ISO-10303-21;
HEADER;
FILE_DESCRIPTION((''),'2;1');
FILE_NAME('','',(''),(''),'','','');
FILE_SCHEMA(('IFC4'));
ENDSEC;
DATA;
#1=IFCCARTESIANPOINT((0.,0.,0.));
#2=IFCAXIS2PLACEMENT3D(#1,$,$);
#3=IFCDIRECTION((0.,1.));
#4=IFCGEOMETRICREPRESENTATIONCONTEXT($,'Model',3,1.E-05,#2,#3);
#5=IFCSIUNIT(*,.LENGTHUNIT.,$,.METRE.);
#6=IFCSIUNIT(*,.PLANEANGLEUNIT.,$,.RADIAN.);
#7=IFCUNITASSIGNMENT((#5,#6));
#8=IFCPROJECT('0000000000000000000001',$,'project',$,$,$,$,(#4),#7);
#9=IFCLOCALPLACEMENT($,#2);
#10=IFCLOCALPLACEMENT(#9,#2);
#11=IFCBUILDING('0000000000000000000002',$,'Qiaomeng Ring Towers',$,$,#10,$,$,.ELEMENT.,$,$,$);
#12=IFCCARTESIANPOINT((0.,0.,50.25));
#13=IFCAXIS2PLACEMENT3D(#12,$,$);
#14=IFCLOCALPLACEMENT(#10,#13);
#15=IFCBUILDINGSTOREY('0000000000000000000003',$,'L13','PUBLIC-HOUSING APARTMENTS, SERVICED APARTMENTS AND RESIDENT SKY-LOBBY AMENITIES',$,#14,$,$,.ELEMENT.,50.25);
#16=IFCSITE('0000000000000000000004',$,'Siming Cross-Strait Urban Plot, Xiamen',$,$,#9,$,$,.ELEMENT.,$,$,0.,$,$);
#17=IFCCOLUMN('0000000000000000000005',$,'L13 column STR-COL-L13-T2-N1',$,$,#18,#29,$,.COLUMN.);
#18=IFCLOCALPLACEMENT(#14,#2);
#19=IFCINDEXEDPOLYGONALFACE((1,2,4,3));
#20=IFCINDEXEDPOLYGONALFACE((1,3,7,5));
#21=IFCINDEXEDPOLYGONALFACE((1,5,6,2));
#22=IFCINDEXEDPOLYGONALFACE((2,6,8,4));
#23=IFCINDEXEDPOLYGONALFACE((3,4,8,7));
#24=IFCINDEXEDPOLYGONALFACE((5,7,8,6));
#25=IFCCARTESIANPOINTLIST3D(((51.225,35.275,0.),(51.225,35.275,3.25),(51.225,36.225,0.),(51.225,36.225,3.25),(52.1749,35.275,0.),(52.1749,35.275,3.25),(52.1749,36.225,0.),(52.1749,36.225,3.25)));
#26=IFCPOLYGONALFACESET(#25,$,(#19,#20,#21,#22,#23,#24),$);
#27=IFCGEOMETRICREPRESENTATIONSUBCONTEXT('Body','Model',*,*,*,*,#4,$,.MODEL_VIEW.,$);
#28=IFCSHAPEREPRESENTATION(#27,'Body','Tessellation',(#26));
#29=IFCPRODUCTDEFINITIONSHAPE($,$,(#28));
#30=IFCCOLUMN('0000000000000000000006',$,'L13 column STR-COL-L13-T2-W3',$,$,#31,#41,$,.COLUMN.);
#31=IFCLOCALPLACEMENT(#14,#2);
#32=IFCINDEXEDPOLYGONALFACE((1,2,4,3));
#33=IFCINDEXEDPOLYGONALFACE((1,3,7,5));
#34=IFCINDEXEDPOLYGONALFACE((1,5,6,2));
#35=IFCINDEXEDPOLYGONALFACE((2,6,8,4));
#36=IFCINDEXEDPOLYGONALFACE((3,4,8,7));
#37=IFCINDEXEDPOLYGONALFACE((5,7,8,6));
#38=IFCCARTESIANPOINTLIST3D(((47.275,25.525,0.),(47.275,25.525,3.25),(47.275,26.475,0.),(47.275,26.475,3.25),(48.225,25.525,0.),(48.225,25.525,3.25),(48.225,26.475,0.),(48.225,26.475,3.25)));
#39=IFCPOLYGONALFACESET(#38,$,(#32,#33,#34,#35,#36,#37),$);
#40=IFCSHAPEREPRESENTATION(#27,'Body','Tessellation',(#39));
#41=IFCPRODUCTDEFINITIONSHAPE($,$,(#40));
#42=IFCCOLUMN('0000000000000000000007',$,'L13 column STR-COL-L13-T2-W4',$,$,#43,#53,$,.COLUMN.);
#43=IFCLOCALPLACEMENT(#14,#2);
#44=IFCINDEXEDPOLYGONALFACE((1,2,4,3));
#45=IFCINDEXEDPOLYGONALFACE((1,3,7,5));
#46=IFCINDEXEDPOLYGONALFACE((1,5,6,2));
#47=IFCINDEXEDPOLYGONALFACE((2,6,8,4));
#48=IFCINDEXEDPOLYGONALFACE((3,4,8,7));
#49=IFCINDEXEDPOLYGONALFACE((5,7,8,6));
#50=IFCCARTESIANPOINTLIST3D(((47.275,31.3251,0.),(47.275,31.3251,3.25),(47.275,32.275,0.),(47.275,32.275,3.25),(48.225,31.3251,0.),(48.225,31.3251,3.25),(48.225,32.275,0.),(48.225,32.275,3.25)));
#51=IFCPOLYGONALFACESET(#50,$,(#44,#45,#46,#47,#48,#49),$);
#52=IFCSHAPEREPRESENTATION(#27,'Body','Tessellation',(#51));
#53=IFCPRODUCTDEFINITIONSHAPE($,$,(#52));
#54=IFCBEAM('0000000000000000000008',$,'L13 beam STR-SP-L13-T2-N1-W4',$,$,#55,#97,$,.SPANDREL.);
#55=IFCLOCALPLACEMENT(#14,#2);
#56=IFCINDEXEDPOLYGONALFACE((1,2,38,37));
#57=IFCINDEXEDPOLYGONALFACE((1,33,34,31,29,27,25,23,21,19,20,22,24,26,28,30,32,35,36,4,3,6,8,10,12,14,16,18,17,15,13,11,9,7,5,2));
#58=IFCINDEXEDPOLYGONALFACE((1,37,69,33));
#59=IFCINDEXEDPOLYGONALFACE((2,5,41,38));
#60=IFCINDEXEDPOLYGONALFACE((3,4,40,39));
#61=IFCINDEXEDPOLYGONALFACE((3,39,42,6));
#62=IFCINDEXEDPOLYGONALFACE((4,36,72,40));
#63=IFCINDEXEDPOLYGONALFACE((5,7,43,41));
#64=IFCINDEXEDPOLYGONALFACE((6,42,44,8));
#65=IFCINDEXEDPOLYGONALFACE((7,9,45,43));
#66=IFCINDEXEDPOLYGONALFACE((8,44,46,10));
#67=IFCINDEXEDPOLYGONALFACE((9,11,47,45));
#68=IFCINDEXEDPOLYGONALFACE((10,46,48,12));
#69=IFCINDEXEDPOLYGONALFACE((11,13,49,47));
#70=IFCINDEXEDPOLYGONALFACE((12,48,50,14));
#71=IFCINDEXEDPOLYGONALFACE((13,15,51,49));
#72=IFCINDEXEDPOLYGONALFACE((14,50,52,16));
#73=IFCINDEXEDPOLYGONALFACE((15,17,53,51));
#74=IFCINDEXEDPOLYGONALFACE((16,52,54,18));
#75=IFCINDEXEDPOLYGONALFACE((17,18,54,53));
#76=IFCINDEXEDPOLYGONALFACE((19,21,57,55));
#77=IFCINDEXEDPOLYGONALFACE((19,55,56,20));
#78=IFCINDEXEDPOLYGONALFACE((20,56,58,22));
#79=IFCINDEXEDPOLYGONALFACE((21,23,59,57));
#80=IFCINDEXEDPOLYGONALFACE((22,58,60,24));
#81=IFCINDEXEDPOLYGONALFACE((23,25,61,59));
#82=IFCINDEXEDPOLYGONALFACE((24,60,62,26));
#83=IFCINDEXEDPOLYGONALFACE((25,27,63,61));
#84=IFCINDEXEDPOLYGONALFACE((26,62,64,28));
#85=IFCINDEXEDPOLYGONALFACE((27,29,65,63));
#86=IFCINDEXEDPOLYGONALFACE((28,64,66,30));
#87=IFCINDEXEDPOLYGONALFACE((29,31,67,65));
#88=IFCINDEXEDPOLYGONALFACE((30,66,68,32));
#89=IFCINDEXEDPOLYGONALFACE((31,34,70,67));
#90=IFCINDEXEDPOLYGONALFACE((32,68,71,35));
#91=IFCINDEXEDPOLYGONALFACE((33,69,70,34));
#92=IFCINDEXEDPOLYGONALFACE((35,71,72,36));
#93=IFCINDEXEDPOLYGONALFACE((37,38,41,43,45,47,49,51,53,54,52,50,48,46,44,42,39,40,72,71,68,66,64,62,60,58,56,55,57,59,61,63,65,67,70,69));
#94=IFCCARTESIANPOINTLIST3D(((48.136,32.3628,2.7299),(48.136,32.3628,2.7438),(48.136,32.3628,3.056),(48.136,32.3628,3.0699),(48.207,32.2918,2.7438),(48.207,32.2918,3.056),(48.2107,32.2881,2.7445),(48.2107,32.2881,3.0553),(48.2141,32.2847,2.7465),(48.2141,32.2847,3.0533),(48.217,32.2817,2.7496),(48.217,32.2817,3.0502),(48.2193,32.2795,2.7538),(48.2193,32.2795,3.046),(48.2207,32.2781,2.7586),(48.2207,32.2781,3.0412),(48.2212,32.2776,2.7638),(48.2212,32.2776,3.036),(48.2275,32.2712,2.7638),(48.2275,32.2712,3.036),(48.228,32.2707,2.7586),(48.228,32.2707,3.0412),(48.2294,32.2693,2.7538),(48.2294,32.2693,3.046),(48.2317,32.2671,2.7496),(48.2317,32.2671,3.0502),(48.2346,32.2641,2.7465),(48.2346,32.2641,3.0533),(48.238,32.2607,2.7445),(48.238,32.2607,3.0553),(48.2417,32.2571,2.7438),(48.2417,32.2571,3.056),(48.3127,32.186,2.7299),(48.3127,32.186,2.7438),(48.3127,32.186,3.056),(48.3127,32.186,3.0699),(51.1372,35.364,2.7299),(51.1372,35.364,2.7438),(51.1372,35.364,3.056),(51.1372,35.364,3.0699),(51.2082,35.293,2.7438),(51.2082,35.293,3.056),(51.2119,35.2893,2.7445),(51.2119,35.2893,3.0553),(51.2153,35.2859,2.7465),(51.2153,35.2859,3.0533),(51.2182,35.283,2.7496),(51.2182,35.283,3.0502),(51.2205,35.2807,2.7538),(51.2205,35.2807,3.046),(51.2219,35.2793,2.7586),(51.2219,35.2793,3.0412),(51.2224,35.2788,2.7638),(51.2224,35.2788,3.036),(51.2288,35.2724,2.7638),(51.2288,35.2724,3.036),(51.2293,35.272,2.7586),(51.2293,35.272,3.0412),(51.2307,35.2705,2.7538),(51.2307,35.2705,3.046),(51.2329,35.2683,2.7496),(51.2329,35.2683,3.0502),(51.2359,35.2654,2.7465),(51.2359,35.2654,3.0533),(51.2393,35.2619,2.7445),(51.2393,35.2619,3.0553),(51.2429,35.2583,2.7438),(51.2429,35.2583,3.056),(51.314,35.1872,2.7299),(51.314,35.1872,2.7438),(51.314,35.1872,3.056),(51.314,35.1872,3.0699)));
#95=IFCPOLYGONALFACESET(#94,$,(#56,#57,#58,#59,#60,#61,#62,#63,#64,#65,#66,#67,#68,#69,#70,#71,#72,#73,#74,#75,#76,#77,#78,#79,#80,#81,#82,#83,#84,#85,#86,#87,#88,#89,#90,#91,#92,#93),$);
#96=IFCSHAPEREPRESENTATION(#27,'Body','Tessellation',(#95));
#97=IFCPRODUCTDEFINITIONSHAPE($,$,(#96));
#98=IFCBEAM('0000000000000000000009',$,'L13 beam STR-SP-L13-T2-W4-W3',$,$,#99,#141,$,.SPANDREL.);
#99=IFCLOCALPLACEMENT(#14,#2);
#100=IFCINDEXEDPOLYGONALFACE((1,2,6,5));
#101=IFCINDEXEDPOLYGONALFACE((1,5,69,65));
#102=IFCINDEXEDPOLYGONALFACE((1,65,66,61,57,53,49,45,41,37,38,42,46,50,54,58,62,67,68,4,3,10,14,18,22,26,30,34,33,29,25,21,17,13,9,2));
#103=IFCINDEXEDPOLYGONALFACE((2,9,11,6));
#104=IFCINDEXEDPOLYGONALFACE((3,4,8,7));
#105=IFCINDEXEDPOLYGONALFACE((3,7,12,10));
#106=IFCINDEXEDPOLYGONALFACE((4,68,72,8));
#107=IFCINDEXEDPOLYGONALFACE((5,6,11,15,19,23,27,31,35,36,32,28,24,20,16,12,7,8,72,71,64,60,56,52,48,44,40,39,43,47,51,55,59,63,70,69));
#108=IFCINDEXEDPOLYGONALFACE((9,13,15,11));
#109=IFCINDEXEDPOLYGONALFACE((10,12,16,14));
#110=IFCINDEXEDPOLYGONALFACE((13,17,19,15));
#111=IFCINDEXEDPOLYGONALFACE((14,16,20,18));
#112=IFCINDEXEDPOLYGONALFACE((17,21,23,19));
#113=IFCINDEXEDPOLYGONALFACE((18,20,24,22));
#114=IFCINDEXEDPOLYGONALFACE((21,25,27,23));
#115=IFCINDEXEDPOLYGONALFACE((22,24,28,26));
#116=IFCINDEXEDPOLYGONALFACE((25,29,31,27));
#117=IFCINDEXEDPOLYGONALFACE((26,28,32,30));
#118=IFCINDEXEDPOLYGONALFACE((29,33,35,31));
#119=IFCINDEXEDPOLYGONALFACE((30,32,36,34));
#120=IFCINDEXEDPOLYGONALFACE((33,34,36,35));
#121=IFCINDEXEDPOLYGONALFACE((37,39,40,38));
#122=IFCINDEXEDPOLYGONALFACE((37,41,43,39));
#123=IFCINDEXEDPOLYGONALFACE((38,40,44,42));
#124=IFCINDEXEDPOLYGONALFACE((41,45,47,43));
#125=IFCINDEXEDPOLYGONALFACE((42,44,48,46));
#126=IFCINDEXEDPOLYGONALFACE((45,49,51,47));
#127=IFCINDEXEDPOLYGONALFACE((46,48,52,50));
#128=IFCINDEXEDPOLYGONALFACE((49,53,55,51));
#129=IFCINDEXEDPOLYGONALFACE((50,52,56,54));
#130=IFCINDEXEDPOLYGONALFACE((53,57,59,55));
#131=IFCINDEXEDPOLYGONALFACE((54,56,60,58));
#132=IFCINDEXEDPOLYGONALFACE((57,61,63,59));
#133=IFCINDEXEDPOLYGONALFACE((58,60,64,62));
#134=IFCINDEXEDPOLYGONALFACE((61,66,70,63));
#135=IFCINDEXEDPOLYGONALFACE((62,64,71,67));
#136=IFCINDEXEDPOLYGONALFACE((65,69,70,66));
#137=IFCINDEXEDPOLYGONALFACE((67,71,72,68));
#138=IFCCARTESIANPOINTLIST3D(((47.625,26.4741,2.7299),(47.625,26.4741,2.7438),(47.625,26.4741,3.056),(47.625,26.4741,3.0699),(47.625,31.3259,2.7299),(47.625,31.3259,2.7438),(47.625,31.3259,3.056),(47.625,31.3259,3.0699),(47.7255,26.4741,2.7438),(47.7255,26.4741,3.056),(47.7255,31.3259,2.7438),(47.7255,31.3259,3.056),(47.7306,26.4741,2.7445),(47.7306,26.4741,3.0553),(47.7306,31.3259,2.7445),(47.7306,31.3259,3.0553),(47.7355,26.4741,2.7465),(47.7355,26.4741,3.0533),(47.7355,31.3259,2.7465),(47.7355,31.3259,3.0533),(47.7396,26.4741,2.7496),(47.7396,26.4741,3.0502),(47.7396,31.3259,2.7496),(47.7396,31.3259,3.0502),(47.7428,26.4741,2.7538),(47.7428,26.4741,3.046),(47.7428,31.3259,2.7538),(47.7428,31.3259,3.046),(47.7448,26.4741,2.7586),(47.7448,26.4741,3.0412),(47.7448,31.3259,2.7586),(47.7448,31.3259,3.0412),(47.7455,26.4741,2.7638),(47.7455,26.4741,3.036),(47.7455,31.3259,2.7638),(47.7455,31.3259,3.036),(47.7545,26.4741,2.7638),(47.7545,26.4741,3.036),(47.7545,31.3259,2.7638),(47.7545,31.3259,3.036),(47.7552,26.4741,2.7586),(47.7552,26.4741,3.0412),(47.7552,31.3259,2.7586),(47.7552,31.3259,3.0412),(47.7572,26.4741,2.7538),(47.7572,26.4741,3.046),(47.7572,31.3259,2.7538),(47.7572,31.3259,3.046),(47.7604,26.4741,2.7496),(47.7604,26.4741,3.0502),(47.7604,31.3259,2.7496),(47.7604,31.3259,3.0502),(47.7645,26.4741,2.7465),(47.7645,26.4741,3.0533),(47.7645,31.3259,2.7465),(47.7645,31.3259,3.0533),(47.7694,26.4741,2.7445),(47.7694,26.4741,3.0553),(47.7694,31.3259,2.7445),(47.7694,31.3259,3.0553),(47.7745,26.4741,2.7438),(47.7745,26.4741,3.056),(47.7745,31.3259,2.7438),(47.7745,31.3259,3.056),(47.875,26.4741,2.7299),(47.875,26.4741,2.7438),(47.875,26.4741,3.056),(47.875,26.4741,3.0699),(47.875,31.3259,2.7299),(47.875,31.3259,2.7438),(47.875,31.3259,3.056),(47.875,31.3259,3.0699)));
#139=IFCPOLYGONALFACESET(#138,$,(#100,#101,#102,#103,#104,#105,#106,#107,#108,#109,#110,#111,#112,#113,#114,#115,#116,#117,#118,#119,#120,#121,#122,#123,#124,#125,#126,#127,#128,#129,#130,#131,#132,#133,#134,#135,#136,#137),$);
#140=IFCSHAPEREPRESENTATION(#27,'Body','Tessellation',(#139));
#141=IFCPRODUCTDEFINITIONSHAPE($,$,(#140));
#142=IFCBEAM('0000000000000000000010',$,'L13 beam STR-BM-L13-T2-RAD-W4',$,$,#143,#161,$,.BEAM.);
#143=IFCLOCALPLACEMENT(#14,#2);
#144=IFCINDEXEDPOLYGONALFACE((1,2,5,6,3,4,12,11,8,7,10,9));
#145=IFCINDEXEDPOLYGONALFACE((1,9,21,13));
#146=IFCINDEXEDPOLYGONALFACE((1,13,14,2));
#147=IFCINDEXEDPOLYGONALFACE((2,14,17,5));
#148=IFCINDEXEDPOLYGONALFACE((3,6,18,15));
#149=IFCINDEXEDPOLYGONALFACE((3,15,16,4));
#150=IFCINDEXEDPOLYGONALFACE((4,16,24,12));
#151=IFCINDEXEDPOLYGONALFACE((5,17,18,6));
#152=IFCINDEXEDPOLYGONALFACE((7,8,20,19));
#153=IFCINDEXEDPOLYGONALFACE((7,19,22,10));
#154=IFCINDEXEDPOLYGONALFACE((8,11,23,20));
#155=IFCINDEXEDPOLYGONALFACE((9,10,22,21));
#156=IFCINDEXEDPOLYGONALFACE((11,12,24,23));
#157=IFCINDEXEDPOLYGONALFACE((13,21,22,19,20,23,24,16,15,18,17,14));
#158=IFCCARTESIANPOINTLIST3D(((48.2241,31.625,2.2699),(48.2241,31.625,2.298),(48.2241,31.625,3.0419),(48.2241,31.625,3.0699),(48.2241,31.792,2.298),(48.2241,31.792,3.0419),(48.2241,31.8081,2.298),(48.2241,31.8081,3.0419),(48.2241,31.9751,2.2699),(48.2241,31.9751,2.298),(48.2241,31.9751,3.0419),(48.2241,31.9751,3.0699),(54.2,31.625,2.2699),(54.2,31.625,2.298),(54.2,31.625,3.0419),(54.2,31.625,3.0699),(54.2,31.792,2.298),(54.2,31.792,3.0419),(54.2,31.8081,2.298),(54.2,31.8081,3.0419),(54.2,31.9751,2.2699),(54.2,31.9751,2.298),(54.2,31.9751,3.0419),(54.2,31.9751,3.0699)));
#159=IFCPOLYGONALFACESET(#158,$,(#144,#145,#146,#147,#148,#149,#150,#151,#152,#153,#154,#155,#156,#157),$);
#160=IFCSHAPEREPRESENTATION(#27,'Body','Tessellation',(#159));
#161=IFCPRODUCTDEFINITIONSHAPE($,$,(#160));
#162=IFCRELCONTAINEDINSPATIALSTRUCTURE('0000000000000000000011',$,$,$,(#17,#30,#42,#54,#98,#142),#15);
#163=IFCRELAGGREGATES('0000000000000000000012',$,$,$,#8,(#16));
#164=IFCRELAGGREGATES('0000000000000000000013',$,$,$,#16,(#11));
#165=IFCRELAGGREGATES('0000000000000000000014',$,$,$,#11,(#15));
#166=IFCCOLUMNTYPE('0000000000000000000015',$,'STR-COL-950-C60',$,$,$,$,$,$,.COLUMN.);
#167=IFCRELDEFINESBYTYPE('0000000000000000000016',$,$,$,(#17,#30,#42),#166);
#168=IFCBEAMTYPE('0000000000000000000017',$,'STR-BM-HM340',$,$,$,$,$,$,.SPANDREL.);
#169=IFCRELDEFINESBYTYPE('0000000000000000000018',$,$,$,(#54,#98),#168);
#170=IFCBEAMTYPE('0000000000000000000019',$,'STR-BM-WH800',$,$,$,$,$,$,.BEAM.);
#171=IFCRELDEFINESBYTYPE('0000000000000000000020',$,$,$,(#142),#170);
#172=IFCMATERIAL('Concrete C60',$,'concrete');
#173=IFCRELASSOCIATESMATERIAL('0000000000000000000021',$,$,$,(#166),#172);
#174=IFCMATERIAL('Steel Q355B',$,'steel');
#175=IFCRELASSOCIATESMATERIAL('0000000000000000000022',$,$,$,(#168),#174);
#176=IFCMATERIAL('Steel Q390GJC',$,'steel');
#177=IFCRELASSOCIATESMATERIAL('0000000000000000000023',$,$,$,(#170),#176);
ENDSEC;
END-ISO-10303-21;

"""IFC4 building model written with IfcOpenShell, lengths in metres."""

from ifc_helpers import new_model, si_unit, direction, frame, origin, origin_2d, place, context, subcontext, project, spatial, rectangle, i_section, extrude, source, transform, mapped, material, material_profile, profile_set, type_object, element, save


model = new_model("IFC4")

# Units and contexts
model_context = context("Model", 3, precision=1e-05, world=origin(), true_north=direction((0.0, 1.0)))
body_context = subcontext(model_context, "Body", "Model", "MODEL_VIEW")
ifc_project = project(units=[si_unit("LENGTHUNIT", "METRE"), si_unit("PLANEANGLEUNIT", "RADIAN")], contexts=[model_context])

# Site, building, storey
site_placement = place(None, origin())
site = spatial("IfcSite", under=ifc_project, at=site_placement, Name="Siming Cross-Strait Urban Plot, Xiamen", CompositionType="ELEMENT", RefElevation=0.0)
building_placement = place(site_placement, origin())
building = spatial("IfcBuilding", under=site, at=building_placement, Name="Qiaomeng Ring Towers", CompositionType="ELEMENT")
storey_placement = place(building_placement, frame((0.0, 0.0, 50.25)))
storey = spatial("IfcBuildingStorey", under=building, at=storey_placement, Name="L13", Description="PUBLIC-HOUSING APARTMENTS, SERVICED APARTMENTS AND RESIDENT SKY-LOBBY AMENITIES", CompositionType="ELEMENT", Elevation=50.25)

# Columns
ifc_material_1 = material(Name="Concrete C60", Category="concrete")
ifc_material_profile_1 = material_profile(ifc_material_1, rectangle(XDim=0.95, YDim=0.95, at=origin_2d()), Name="RC COL 950x950")
ifc_profile_set_1 = profile_set([ifc_material_profile_1], Name="Concrete C60")
column_type = type_object("IfcColumnType", Name="STR-COL-950-C60", PredefinedType="COLUMN", material=ifc_profile_set_1)
shared_shape_1 = source(origin(), body_context, "Body", "SweptSolid", [
    extrude(rectangle(XDim=0.95, YDim=0.95, at=origin_2d()), origin(), (0.0, 0.0, 1.0), 3.25),
])
for number, where, z_axis, x_axis, name in (
    (1, (51.7, 35.75, 0.0), (0.0, 0.0, 1.0), (1.0, 0.0, 0.0), "L13 column STR-COL-L13-T2-N1"),
    (2, (47.75, 26.0, 0.0), (0.0, 0.0, 1.0), (1.0, 0.0, 0.0), "L13 column STR-COL-L13-T2-W3"),
    (3, (47.75, 31.8, 0.0), (0.0, 0.0, 1.0), (1.0, 0.0, 0.0), "L13 column STR-COL-L13-T2-W4"),
):
    element("IfcColumn", number, at=place(storey_placement, frame(where, z_axis=z_axis, x_axis=x_axis)), inside=storey, type_object=column_type, Name=name, PredefinedType="COLUMN", context=body_context, shape_type="MappedRepresentation", body=[
        mapped(shared_shape_1, transform((0.0, 0.0, 0.0), x_axis=(1.0, 0.0, 0.0), y_axis=(0.0, 1.0, 0.0), z_axis=(0.0, 0.0, 1.0), scale=1.0)),
    ])

# Beams
ifc_material_2 = material(Name="Steel Q355B", Category="steel")
ifc_material_profile_2 = material_profile(ifc_material_2, i_section(OverallWidth=0.25, OverallDepth=0.3401, WebThickness=0.009, FlangeThickness=0.0139, FilletRadius=0.02, at=origin_2d()), Name="HM 340x250x9x14")
ifc_profile_set_2 = profile_set([ifc_material_profile_2], Name="Steel Q355B")
beam_type_1 = type_object("IfcBeamType", Name="STR-BM-HM340", PredefinedType="SPANDREL", material=ifc_profile_set_2)
shared_shape_2 = source(origin(), body_context, "Body", "SweptSolid", [
    extrude(i_section(OverallWidth=0.25, OverallDepth=0.3401, WebThickness=0.009, FlangeThickness=0.0139, FilletRadius=0.02, at=origin_2d()), origin(), (0.0, 0.0, 1.0), 4.2444),
])
beam_1_placement = place(storey_placement, frame((51.2256, 35.2756, 2.8999), z_axis=(-0.707107, -0.707107, 0.0), x_axis=(0.707107, -0.707107, 0.0)))
element("IfcBeam", 4, at=beam_1_placement, inside=storey, type_object=beam_type_1, Name="L13 beam STR-SP-L13-T2-N1-W4", PredefinedType="SPANDREL", context=body_context, shape_type="MappedRepresentation", body=[
    mapped(shared_shape_2, transform((0.0, 0.0, 0.0), x_axis=(1.0, 0.0, 0.0), y_axis=(0.0, 1.0, 0.0), z_axis=(0.0, 0.0, 1.0), scale=1.0)),
])
shared_shape_3 = source(origin(), body_context, "Body", "SweptSolid", [
    extrude(i_section(OverallWidth=0.25, OverallDepth=0.3401, WebThickness=0.009, FlangeThickness=0.0139, FilletRadius=0.02, at=origin_2d()), origin(), (0.0, 0.0, 1.0), 4.8518),
])
beam_2_placement = place(storey_placement, frame((47.75, 31.3259, 2.8999), z_axis=(0.0, -1.0, 0.0), x_axis=(1.0, 0.0, 0.0)))
element("IfcBeam", 5, at=beam_2_placement, inside=storey, type_object=beam_type_1, Name="L13 beam STR-SP-L13-T2-W4-W3", PredefinedType="SPANDREL", context=body_context, shape_type="MappedRepresentation", body=[
    mapped(shared_shape_3, transform((0.0, 0.0, 0.0), x_axis=(1.0, 0.0, 0.0), y_axis=(0.0, 1.0, 0.0), z_axis=(0.0, 0.0, 1.0), scale=1.0)),
])
ifc_material_3 = material(Name="Steel Q390GJC", Category="steel")
ifc_material_profile_3 = material_profile(ifc_material_3, i_section(OverallWidth=0.3501, OverallDepth=0.8, WebThickness=0.0161, FlangeThickness=0.0281, at=origin_2d()), Name="WH 800x350x16x28")
ifc_profile_set_3 = profile_set([ifc_material_profile_3], Name="Steel Q390GJC")
beam_type_2 = type_object("IfcBeamType", Name="STR-BM-WH800", PredefinedType="BEAM", material=ifc_profile_set_3)
shared_shape_4 = source(origin(), body_context, "Body", "SweptSolid", [
    extrude(i_section(OverallWidth=0.3501, OverallDepth=0.8, WebThickness=0.0161, FlangeThickness=0.0281, at=origin_2d()), origin(), (0.0, 0.0, 1.0), 5.9758),
])
beam_3_placement = place(storey_placement, frame((48.2241, 31.8, 2.6699), z_axis=(1.0, 0.0, 0.0), x_axis=(0.0, 1.0, 0.0)))
element("IfcBeam", 6, at=beam_3_placement, inside=storey, type_object=beam_type_2, Name="L13 beam STR-BM-L13-T2-RAD-W4", PredefinedType="BEAM", context=body_context, shape_type="MappedRepresentation", body=[
    mapped(shared_shape_4, transform((0.0, 0.0, 0.0), x_axis=(1.0, 0.0, 0.0), y_axis=(0.0, 1.0, 0.0), z_axis=(0.0, 0.0, 1.0), scale=1.0)),
])

save(model, "model.ifc")
